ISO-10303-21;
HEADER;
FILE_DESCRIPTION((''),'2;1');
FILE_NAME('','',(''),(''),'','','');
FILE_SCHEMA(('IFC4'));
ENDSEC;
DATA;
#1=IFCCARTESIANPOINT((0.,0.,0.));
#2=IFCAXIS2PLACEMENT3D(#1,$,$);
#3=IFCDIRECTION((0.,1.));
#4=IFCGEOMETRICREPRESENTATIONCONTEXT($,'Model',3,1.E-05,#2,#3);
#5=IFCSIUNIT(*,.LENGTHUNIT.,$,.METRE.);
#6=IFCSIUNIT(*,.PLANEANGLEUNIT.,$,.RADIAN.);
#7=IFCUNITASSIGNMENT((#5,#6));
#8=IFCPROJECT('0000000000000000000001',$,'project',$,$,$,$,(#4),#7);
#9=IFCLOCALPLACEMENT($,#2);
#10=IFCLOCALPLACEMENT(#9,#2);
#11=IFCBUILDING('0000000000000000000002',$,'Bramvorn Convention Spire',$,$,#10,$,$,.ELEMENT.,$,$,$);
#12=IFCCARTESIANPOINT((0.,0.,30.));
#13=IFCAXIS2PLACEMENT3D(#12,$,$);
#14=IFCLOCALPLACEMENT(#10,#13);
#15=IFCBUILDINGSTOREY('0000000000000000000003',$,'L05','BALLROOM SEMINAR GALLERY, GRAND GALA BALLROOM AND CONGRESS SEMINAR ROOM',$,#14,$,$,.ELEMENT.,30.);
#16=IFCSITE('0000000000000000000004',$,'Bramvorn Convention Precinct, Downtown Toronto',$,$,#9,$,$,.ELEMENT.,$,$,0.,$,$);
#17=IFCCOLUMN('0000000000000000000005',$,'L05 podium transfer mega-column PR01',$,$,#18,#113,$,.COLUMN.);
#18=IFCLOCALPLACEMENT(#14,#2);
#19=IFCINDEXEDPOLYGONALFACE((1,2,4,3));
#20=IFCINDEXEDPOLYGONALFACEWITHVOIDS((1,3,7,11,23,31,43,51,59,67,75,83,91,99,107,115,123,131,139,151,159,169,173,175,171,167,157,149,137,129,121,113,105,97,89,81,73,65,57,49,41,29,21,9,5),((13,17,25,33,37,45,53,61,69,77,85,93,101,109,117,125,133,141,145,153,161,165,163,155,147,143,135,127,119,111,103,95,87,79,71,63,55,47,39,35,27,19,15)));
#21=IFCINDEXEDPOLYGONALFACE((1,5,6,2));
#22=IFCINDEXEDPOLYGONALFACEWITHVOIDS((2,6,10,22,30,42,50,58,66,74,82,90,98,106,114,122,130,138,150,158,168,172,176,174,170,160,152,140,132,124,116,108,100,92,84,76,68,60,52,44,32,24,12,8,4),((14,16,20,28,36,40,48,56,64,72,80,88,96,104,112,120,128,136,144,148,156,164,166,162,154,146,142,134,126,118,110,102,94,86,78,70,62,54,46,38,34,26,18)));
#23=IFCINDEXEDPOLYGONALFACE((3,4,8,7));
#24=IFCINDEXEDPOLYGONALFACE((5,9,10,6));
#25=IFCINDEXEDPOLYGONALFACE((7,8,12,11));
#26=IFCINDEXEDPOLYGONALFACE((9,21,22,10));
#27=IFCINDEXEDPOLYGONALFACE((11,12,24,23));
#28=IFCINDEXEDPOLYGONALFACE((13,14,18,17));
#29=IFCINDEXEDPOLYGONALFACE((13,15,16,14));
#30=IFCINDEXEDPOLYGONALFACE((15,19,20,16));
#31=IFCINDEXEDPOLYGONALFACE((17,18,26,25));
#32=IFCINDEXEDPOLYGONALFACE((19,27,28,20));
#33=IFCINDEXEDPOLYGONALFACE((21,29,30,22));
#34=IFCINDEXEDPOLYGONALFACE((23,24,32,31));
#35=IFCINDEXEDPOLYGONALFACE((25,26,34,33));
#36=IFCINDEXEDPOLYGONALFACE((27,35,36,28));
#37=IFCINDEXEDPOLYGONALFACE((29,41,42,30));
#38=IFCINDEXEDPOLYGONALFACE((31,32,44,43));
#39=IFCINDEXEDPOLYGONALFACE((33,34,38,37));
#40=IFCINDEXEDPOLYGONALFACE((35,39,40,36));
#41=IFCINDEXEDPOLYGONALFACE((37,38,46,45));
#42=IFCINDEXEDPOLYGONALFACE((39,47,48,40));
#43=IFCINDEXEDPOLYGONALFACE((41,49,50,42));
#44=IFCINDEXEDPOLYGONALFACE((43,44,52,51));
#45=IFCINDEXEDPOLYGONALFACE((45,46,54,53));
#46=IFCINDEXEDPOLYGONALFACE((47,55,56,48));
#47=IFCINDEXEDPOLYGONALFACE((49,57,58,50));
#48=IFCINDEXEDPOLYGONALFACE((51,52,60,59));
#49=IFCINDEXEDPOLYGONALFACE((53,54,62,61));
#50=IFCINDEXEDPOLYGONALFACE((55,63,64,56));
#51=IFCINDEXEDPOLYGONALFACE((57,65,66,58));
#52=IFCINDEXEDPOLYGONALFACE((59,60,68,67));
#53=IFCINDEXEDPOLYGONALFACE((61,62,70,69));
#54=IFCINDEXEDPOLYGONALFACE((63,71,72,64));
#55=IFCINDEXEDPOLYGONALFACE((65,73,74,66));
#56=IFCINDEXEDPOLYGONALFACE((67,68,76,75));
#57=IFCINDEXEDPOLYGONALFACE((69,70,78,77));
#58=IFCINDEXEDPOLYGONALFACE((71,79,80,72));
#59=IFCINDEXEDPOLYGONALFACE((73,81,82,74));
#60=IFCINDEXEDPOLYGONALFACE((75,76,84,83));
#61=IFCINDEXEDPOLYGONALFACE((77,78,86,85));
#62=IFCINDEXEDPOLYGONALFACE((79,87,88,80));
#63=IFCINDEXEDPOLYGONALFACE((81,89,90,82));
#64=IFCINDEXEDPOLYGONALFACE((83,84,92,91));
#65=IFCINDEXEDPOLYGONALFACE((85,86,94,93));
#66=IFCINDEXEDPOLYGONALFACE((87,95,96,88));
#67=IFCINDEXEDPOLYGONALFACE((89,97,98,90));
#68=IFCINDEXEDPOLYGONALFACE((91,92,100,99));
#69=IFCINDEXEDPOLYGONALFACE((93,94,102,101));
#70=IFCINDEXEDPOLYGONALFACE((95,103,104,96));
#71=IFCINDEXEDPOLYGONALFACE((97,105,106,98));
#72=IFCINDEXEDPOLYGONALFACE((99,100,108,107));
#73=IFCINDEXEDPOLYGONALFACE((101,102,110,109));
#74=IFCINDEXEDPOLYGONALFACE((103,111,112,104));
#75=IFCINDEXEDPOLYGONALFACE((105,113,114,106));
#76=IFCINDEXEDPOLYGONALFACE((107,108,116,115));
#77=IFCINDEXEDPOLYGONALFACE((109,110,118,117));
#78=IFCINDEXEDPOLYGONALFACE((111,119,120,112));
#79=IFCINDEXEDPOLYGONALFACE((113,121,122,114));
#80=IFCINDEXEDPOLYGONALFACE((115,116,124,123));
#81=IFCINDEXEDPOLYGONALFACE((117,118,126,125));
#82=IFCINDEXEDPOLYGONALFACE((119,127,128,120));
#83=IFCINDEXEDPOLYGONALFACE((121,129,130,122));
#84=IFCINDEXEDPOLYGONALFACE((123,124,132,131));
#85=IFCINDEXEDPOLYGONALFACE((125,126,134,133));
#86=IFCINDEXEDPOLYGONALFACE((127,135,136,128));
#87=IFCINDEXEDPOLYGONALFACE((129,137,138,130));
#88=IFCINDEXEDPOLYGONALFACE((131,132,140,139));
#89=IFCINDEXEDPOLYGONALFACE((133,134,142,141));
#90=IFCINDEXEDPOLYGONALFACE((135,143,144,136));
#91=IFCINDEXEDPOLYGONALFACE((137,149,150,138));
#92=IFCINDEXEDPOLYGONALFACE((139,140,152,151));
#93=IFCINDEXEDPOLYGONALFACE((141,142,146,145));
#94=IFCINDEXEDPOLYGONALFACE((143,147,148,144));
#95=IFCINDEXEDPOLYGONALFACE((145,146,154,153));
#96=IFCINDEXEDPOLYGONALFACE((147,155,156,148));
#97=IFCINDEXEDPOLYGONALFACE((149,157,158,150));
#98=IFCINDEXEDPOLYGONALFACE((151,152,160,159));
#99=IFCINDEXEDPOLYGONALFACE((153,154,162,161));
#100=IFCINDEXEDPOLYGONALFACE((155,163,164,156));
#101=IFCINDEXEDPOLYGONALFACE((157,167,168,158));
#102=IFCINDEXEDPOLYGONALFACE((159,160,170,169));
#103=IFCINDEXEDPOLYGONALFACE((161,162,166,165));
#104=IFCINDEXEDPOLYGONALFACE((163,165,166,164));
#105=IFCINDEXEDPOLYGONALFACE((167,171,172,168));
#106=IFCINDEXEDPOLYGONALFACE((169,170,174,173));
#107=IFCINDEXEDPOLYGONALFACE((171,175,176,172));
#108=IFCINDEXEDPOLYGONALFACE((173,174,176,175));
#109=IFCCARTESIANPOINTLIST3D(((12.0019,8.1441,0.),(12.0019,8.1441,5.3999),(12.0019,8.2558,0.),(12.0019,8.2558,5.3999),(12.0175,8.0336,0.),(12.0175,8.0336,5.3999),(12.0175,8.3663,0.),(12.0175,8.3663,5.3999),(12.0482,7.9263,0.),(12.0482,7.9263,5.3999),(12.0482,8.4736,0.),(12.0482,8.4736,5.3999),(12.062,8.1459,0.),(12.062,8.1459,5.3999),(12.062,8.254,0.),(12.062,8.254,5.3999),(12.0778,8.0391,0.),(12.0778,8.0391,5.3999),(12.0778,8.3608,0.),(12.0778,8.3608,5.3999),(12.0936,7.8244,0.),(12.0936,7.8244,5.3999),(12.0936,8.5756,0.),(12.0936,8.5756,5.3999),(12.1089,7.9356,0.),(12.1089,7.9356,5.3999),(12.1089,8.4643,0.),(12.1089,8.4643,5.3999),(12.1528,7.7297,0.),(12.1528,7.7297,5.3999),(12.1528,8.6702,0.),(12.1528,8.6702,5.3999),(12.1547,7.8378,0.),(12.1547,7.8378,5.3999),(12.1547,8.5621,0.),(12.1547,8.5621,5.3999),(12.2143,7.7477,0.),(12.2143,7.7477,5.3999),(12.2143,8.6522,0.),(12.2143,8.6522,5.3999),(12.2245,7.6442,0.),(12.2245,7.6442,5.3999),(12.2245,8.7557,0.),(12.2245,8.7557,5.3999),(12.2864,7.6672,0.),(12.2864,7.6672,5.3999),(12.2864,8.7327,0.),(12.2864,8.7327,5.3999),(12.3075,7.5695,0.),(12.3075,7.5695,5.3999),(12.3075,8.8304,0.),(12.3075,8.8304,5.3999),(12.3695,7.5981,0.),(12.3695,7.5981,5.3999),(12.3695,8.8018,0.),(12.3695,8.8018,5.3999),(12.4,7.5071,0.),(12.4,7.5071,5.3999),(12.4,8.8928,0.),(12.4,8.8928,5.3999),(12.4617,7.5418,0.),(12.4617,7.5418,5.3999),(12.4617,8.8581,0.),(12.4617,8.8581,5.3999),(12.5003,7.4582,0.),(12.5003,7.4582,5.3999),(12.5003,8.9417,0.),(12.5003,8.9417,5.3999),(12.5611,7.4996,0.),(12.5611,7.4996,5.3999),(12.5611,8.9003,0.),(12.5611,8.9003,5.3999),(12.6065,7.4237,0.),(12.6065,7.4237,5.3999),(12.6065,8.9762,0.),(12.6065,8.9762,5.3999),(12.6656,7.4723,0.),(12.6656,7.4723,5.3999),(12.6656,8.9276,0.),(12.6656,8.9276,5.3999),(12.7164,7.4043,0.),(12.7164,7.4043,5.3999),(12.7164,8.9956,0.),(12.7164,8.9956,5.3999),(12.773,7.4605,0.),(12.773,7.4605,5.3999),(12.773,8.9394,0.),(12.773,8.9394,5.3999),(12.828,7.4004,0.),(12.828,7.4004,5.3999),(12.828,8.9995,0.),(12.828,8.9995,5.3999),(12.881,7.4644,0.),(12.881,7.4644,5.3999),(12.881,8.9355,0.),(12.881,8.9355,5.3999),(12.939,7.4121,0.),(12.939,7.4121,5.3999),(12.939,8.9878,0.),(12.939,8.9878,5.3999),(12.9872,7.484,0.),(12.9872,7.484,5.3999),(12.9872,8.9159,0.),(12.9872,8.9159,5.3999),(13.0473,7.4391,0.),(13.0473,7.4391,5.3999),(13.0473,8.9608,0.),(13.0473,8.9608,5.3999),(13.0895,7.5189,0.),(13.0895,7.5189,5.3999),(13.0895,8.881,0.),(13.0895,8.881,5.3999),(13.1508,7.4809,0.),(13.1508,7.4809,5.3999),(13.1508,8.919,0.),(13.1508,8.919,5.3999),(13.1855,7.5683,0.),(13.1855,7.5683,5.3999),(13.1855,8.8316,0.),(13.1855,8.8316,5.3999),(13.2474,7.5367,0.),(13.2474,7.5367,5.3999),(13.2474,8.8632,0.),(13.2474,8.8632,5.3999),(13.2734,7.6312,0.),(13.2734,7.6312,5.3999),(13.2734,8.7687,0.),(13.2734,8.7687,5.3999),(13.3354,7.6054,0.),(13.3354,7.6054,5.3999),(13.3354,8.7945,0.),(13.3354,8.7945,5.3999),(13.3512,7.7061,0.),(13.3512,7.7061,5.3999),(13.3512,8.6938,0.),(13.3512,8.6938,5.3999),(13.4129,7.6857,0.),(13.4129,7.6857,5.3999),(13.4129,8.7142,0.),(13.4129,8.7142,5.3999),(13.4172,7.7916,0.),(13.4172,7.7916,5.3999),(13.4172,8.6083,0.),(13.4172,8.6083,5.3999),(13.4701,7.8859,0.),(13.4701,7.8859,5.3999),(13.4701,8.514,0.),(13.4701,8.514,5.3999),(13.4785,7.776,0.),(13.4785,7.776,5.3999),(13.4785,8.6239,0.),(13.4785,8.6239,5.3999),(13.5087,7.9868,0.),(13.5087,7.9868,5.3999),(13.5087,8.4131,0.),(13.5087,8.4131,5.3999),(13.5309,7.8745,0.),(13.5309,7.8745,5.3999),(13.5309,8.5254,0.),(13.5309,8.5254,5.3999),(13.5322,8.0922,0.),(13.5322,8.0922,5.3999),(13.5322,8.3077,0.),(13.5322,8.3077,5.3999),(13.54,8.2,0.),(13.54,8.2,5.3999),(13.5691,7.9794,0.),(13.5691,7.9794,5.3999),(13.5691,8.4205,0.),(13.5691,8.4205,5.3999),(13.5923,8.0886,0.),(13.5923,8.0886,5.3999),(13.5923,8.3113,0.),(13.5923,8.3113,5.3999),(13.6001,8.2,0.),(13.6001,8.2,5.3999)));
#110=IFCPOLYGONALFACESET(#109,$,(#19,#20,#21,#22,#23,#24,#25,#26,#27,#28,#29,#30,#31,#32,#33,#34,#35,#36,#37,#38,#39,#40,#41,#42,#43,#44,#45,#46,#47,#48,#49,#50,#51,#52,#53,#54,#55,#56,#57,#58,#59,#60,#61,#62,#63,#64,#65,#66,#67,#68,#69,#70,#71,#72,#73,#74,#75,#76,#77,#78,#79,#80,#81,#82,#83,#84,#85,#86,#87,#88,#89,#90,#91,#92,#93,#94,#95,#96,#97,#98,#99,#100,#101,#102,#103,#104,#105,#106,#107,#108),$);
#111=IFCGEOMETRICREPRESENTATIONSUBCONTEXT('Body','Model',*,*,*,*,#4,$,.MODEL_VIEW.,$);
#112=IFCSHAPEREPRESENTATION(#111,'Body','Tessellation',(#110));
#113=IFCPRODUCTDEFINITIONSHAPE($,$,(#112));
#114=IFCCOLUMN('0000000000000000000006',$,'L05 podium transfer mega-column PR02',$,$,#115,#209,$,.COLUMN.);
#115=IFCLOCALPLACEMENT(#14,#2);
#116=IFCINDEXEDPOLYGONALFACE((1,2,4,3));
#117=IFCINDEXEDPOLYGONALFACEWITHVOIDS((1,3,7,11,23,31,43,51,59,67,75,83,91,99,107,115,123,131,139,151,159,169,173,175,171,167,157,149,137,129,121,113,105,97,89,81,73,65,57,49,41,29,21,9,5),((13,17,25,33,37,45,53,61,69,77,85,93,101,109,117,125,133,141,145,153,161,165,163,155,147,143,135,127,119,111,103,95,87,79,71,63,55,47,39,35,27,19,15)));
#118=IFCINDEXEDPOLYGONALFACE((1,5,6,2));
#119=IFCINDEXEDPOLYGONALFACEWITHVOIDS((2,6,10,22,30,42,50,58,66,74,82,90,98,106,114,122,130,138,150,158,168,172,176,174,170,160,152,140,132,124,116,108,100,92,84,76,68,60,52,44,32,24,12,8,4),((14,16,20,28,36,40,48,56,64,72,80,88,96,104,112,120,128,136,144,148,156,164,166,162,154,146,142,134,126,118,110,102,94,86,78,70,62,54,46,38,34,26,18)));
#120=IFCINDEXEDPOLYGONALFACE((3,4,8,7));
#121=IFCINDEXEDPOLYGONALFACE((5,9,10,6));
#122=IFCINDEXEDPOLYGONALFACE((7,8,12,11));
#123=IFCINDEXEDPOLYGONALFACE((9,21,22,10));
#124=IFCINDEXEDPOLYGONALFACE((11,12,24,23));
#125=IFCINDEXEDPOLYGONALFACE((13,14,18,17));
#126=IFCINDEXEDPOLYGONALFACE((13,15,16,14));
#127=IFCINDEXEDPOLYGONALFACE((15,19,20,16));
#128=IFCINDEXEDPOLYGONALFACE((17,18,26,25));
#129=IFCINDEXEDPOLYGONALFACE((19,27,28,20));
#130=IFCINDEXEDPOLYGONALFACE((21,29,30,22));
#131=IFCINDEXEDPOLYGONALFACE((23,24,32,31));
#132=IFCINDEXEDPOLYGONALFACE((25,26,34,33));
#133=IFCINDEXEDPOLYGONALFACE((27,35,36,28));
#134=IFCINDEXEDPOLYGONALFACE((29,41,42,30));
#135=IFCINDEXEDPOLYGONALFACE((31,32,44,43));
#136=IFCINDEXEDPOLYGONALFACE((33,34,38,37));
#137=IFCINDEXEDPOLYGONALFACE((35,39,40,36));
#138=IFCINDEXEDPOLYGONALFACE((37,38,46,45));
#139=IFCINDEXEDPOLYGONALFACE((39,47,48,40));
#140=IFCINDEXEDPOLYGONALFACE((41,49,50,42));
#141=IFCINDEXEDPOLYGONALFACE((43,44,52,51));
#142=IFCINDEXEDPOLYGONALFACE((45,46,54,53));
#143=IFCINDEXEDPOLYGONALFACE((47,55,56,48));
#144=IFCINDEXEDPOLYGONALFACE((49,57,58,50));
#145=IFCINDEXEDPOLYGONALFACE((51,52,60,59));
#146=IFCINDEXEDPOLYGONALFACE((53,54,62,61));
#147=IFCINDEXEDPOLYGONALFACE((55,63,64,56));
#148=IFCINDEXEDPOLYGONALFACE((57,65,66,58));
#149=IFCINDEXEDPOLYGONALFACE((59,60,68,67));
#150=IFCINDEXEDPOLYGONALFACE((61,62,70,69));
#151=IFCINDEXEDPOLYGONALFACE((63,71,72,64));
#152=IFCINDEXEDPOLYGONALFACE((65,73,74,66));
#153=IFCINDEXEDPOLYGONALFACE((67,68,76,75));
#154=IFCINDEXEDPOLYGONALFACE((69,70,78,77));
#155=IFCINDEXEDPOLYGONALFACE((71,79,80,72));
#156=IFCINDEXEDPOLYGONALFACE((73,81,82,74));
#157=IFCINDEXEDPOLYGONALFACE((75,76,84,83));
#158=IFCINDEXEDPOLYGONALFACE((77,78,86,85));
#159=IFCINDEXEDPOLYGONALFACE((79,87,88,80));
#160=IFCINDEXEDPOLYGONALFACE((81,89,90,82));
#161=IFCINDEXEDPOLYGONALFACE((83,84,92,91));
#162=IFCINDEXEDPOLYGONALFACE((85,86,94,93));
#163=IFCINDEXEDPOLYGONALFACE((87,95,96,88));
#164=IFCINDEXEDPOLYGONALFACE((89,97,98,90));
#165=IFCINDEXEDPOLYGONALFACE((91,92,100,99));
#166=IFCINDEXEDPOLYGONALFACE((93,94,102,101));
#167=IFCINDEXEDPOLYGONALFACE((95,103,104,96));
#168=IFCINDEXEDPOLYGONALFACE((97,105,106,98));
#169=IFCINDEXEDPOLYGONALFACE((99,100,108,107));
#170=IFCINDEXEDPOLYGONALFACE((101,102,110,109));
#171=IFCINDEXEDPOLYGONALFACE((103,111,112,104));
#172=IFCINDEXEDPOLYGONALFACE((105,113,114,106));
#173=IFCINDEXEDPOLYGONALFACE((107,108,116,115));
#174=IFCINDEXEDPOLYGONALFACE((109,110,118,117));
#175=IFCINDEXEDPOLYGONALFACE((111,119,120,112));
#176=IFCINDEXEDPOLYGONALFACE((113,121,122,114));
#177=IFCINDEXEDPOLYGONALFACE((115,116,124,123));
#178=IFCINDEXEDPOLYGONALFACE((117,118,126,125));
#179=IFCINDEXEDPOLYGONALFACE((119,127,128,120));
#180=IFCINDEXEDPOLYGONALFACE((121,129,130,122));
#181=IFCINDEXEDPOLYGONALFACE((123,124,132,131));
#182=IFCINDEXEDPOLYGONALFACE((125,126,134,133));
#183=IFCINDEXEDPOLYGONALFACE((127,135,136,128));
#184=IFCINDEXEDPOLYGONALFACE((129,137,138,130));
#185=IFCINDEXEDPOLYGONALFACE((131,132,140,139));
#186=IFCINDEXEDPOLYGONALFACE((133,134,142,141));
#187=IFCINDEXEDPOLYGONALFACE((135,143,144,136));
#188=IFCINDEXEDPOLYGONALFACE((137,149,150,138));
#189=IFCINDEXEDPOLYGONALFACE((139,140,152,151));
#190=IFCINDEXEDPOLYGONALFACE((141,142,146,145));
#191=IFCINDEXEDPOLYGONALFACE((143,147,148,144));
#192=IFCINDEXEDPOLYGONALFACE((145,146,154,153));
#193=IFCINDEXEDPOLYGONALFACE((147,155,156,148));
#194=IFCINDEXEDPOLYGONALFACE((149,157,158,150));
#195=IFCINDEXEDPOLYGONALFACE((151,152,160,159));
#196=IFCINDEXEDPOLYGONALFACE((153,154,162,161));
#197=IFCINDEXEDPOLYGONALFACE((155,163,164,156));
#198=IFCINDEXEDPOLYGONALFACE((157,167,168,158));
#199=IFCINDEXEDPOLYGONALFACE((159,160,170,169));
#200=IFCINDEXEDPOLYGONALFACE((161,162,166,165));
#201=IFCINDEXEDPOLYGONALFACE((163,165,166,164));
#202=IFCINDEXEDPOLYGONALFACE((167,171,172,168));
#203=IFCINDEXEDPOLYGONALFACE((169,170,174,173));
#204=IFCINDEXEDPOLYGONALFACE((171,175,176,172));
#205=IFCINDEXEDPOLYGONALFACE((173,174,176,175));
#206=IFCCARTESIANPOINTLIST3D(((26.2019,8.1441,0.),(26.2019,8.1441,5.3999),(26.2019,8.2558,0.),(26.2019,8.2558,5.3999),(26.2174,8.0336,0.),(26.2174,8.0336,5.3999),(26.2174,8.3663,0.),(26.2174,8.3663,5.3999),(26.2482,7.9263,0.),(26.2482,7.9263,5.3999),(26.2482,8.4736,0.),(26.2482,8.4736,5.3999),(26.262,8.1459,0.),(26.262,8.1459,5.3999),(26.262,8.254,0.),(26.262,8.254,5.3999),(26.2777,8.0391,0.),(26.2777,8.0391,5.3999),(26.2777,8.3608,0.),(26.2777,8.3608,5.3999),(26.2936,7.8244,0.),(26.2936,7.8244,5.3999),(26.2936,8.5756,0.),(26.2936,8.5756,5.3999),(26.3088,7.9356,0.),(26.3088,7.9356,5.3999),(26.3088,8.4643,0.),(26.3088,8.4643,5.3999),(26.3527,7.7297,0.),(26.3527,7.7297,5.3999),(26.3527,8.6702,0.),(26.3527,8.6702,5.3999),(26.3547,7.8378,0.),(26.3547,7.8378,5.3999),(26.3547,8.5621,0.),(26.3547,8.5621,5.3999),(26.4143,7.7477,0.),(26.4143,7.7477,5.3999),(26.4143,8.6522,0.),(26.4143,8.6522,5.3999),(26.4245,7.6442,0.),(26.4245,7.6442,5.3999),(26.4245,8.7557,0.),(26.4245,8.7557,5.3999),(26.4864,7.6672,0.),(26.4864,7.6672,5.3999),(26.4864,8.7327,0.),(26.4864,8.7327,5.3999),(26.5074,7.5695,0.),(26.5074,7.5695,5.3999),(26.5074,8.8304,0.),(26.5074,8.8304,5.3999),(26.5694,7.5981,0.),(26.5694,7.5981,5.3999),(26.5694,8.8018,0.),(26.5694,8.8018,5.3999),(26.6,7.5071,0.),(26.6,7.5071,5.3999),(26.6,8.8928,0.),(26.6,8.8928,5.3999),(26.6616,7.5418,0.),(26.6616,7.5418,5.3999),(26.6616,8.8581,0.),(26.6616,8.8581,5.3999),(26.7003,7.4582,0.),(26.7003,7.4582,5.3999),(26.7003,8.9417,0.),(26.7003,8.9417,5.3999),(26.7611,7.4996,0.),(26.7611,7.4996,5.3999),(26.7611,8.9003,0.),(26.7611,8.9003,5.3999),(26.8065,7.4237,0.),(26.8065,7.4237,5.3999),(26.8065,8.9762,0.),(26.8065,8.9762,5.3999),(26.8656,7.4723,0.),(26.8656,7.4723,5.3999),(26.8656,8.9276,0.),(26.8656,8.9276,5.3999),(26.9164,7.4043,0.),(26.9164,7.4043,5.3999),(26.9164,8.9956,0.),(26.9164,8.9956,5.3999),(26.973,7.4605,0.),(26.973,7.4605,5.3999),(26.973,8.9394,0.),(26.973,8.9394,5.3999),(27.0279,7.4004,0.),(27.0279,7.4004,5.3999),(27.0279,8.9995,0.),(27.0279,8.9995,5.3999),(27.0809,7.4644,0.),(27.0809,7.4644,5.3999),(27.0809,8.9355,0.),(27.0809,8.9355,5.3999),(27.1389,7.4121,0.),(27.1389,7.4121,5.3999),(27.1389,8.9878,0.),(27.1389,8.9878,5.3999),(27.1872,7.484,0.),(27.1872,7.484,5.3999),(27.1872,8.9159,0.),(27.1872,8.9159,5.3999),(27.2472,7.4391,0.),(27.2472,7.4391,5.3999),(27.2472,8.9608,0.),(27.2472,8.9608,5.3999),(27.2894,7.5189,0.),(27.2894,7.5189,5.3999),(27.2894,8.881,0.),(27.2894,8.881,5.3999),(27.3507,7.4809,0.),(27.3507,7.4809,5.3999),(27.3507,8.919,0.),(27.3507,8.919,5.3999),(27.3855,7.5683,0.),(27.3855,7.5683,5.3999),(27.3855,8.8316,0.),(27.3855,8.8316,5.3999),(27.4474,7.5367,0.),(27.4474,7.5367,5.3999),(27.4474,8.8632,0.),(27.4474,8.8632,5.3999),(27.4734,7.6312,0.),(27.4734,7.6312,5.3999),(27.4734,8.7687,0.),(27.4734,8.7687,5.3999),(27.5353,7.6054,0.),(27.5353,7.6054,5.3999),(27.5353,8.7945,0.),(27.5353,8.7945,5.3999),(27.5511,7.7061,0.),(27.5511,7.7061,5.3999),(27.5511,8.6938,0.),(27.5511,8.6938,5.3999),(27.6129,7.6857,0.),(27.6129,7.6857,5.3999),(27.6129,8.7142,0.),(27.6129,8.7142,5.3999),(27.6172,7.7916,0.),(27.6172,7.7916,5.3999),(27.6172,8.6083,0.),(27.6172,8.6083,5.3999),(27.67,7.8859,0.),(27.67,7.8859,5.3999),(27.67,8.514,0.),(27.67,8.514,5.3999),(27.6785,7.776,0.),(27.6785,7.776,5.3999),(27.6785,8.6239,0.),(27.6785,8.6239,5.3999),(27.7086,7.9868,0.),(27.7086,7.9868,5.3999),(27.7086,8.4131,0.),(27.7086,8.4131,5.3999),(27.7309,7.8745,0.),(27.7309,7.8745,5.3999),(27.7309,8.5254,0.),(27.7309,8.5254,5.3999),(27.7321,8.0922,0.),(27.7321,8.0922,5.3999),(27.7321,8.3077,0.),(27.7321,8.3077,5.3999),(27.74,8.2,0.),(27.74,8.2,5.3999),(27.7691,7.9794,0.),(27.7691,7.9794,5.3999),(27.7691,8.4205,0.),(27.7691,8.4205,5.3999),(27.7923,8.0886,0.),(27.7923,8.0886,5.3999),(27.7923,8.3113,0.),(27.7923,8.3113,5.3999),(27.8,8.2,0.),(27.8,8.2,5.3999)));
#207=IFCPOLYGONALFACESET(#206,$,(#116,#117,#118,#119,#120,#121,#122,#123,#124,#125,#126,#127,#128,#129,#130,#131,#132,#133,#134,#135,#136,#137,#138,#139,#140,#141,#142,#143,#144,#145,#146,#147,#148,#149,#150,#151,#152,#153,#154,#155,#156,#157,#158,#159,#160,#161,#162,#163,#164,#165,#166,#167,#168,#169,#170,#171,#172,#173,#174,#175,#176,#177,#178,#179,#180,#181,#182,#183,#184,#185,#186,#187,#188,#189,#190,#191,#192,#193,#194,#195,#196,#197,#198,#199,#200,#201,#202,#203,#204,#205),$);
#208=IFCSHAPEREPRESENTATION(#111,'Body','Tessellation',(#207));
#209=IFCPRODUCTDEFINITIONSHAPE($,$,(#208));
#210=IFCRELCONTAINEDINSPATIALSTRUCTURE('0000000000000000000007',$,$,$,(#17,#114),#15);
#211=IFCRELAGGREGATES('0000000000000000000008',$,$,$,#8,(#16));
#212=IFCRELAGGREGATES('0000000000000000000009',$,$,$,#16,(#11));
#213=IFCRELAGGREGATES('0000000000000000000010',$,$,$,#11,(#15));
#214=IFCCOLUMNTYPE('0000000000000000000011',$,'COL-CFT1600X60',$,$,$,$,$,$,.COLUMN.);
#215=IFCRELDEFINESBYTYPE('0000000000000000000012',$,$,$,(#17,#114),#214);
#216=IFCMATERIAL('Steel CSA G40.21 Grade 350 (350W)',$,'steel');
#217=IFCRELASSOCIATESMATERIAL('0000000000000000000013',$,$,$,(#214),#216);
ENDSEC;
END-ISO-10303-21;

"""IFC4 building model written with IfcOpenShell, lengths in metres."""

from ifc_helpers import new_model, si_unit, direction, frame, origin, origin_2d, place, context, subcontext, project, spatial, hollow_circle, extrude, material, material_profile, profile_set, type_object, element, save


model = new_model("IFC4")

# Units and contexts
model_context = context("Model", 3, precision=1e-05, world=origin(), true_north=direction((0.0, 1.0)))
body_context = subcontext(model_context, "Body", "Model", "MODEL_VIEW")
ifc_project = project(units=[si_unit("LENGTHUNIT", "METRE"), si_unit("PLANEANGLEUNIT", "RADIAN")], contexts=[model_context])

# Site, building, storey
site_placement = place(None, origin())
site = spatial("IfcSite", under=ifc_project, at=site_placement, Name="Bramvorn Convention Precinct, Downtown Toronto", CompositionType="ELEMENT", RefElevation=0.0)
building_placement = place(site_placement, origin())
building = spatial("IfcBuilding", under=site, at=building_placement, Name="Bramvorn Convention Spire", CompositionType="ELEMENT")
storey_placement = place(building_placement, frame((0.0, 0.0, 30.0)))
storey = spatial("IfcBuildingStorey", under=building, at=storey_placement, Name="L05", Description="BALLROOM SEMINAR GALLERY, GRAND GALA BALLROOM AND CONGRESS SEMINAR ROOM", CompositionType="ELEMENT", Elevation=30.0)

# Columns
ifc_material_1 = material(Name="Steel CSA G40.21 Grade 350 (350W)", Category="steel")
ifc_material_profile_1 = material_profile(ifc_material_1, hollow_circle(Radius=0.8, WallThickness=0.0601, at=origin_2d()))
ifc_profile_set_1 = profile_set([ifc_material_profile_1], Name="Steel CSA G40.21 Grade 350 (350W) - CFT1600X60")
column_type_1 = type_object("IfcColumnType", Name="COL-CFT1600X60", PredefinedType="COLUMN", material=ifc_profile_set_1)
for number, where, z_axis, x_axis, name in (
    (1, (12.8, 8.2, 0.0), (0.0, 0.0, 1.0), (1.0, 0.0, 0.0), "L05 podium transfer mega-column PR01"),
    (2, (27.0, 8.2, 0.0), (0.0, 0.0, 1.0), (1.0, 0.0, 0.0), "L05 podium transfer mega-column PR02"),
):
    element("IfcColumn", number, at=place(storey_placement, frame(where, z_axis=z_axis, x_axis=x_axis)), inside=storey, type_object=column_type_1, Name=name, PredefinedType="COLUMN", context=body_context, shape_type="SweptSolid", body=[
        extrude(hollow_circle(Radius=0.8, WallThickness=0.0601, at=origin_2d()), origin(), (0.0, 0.0, 1.0), 5.3999),
    ])

save(model, "model.ifc")
